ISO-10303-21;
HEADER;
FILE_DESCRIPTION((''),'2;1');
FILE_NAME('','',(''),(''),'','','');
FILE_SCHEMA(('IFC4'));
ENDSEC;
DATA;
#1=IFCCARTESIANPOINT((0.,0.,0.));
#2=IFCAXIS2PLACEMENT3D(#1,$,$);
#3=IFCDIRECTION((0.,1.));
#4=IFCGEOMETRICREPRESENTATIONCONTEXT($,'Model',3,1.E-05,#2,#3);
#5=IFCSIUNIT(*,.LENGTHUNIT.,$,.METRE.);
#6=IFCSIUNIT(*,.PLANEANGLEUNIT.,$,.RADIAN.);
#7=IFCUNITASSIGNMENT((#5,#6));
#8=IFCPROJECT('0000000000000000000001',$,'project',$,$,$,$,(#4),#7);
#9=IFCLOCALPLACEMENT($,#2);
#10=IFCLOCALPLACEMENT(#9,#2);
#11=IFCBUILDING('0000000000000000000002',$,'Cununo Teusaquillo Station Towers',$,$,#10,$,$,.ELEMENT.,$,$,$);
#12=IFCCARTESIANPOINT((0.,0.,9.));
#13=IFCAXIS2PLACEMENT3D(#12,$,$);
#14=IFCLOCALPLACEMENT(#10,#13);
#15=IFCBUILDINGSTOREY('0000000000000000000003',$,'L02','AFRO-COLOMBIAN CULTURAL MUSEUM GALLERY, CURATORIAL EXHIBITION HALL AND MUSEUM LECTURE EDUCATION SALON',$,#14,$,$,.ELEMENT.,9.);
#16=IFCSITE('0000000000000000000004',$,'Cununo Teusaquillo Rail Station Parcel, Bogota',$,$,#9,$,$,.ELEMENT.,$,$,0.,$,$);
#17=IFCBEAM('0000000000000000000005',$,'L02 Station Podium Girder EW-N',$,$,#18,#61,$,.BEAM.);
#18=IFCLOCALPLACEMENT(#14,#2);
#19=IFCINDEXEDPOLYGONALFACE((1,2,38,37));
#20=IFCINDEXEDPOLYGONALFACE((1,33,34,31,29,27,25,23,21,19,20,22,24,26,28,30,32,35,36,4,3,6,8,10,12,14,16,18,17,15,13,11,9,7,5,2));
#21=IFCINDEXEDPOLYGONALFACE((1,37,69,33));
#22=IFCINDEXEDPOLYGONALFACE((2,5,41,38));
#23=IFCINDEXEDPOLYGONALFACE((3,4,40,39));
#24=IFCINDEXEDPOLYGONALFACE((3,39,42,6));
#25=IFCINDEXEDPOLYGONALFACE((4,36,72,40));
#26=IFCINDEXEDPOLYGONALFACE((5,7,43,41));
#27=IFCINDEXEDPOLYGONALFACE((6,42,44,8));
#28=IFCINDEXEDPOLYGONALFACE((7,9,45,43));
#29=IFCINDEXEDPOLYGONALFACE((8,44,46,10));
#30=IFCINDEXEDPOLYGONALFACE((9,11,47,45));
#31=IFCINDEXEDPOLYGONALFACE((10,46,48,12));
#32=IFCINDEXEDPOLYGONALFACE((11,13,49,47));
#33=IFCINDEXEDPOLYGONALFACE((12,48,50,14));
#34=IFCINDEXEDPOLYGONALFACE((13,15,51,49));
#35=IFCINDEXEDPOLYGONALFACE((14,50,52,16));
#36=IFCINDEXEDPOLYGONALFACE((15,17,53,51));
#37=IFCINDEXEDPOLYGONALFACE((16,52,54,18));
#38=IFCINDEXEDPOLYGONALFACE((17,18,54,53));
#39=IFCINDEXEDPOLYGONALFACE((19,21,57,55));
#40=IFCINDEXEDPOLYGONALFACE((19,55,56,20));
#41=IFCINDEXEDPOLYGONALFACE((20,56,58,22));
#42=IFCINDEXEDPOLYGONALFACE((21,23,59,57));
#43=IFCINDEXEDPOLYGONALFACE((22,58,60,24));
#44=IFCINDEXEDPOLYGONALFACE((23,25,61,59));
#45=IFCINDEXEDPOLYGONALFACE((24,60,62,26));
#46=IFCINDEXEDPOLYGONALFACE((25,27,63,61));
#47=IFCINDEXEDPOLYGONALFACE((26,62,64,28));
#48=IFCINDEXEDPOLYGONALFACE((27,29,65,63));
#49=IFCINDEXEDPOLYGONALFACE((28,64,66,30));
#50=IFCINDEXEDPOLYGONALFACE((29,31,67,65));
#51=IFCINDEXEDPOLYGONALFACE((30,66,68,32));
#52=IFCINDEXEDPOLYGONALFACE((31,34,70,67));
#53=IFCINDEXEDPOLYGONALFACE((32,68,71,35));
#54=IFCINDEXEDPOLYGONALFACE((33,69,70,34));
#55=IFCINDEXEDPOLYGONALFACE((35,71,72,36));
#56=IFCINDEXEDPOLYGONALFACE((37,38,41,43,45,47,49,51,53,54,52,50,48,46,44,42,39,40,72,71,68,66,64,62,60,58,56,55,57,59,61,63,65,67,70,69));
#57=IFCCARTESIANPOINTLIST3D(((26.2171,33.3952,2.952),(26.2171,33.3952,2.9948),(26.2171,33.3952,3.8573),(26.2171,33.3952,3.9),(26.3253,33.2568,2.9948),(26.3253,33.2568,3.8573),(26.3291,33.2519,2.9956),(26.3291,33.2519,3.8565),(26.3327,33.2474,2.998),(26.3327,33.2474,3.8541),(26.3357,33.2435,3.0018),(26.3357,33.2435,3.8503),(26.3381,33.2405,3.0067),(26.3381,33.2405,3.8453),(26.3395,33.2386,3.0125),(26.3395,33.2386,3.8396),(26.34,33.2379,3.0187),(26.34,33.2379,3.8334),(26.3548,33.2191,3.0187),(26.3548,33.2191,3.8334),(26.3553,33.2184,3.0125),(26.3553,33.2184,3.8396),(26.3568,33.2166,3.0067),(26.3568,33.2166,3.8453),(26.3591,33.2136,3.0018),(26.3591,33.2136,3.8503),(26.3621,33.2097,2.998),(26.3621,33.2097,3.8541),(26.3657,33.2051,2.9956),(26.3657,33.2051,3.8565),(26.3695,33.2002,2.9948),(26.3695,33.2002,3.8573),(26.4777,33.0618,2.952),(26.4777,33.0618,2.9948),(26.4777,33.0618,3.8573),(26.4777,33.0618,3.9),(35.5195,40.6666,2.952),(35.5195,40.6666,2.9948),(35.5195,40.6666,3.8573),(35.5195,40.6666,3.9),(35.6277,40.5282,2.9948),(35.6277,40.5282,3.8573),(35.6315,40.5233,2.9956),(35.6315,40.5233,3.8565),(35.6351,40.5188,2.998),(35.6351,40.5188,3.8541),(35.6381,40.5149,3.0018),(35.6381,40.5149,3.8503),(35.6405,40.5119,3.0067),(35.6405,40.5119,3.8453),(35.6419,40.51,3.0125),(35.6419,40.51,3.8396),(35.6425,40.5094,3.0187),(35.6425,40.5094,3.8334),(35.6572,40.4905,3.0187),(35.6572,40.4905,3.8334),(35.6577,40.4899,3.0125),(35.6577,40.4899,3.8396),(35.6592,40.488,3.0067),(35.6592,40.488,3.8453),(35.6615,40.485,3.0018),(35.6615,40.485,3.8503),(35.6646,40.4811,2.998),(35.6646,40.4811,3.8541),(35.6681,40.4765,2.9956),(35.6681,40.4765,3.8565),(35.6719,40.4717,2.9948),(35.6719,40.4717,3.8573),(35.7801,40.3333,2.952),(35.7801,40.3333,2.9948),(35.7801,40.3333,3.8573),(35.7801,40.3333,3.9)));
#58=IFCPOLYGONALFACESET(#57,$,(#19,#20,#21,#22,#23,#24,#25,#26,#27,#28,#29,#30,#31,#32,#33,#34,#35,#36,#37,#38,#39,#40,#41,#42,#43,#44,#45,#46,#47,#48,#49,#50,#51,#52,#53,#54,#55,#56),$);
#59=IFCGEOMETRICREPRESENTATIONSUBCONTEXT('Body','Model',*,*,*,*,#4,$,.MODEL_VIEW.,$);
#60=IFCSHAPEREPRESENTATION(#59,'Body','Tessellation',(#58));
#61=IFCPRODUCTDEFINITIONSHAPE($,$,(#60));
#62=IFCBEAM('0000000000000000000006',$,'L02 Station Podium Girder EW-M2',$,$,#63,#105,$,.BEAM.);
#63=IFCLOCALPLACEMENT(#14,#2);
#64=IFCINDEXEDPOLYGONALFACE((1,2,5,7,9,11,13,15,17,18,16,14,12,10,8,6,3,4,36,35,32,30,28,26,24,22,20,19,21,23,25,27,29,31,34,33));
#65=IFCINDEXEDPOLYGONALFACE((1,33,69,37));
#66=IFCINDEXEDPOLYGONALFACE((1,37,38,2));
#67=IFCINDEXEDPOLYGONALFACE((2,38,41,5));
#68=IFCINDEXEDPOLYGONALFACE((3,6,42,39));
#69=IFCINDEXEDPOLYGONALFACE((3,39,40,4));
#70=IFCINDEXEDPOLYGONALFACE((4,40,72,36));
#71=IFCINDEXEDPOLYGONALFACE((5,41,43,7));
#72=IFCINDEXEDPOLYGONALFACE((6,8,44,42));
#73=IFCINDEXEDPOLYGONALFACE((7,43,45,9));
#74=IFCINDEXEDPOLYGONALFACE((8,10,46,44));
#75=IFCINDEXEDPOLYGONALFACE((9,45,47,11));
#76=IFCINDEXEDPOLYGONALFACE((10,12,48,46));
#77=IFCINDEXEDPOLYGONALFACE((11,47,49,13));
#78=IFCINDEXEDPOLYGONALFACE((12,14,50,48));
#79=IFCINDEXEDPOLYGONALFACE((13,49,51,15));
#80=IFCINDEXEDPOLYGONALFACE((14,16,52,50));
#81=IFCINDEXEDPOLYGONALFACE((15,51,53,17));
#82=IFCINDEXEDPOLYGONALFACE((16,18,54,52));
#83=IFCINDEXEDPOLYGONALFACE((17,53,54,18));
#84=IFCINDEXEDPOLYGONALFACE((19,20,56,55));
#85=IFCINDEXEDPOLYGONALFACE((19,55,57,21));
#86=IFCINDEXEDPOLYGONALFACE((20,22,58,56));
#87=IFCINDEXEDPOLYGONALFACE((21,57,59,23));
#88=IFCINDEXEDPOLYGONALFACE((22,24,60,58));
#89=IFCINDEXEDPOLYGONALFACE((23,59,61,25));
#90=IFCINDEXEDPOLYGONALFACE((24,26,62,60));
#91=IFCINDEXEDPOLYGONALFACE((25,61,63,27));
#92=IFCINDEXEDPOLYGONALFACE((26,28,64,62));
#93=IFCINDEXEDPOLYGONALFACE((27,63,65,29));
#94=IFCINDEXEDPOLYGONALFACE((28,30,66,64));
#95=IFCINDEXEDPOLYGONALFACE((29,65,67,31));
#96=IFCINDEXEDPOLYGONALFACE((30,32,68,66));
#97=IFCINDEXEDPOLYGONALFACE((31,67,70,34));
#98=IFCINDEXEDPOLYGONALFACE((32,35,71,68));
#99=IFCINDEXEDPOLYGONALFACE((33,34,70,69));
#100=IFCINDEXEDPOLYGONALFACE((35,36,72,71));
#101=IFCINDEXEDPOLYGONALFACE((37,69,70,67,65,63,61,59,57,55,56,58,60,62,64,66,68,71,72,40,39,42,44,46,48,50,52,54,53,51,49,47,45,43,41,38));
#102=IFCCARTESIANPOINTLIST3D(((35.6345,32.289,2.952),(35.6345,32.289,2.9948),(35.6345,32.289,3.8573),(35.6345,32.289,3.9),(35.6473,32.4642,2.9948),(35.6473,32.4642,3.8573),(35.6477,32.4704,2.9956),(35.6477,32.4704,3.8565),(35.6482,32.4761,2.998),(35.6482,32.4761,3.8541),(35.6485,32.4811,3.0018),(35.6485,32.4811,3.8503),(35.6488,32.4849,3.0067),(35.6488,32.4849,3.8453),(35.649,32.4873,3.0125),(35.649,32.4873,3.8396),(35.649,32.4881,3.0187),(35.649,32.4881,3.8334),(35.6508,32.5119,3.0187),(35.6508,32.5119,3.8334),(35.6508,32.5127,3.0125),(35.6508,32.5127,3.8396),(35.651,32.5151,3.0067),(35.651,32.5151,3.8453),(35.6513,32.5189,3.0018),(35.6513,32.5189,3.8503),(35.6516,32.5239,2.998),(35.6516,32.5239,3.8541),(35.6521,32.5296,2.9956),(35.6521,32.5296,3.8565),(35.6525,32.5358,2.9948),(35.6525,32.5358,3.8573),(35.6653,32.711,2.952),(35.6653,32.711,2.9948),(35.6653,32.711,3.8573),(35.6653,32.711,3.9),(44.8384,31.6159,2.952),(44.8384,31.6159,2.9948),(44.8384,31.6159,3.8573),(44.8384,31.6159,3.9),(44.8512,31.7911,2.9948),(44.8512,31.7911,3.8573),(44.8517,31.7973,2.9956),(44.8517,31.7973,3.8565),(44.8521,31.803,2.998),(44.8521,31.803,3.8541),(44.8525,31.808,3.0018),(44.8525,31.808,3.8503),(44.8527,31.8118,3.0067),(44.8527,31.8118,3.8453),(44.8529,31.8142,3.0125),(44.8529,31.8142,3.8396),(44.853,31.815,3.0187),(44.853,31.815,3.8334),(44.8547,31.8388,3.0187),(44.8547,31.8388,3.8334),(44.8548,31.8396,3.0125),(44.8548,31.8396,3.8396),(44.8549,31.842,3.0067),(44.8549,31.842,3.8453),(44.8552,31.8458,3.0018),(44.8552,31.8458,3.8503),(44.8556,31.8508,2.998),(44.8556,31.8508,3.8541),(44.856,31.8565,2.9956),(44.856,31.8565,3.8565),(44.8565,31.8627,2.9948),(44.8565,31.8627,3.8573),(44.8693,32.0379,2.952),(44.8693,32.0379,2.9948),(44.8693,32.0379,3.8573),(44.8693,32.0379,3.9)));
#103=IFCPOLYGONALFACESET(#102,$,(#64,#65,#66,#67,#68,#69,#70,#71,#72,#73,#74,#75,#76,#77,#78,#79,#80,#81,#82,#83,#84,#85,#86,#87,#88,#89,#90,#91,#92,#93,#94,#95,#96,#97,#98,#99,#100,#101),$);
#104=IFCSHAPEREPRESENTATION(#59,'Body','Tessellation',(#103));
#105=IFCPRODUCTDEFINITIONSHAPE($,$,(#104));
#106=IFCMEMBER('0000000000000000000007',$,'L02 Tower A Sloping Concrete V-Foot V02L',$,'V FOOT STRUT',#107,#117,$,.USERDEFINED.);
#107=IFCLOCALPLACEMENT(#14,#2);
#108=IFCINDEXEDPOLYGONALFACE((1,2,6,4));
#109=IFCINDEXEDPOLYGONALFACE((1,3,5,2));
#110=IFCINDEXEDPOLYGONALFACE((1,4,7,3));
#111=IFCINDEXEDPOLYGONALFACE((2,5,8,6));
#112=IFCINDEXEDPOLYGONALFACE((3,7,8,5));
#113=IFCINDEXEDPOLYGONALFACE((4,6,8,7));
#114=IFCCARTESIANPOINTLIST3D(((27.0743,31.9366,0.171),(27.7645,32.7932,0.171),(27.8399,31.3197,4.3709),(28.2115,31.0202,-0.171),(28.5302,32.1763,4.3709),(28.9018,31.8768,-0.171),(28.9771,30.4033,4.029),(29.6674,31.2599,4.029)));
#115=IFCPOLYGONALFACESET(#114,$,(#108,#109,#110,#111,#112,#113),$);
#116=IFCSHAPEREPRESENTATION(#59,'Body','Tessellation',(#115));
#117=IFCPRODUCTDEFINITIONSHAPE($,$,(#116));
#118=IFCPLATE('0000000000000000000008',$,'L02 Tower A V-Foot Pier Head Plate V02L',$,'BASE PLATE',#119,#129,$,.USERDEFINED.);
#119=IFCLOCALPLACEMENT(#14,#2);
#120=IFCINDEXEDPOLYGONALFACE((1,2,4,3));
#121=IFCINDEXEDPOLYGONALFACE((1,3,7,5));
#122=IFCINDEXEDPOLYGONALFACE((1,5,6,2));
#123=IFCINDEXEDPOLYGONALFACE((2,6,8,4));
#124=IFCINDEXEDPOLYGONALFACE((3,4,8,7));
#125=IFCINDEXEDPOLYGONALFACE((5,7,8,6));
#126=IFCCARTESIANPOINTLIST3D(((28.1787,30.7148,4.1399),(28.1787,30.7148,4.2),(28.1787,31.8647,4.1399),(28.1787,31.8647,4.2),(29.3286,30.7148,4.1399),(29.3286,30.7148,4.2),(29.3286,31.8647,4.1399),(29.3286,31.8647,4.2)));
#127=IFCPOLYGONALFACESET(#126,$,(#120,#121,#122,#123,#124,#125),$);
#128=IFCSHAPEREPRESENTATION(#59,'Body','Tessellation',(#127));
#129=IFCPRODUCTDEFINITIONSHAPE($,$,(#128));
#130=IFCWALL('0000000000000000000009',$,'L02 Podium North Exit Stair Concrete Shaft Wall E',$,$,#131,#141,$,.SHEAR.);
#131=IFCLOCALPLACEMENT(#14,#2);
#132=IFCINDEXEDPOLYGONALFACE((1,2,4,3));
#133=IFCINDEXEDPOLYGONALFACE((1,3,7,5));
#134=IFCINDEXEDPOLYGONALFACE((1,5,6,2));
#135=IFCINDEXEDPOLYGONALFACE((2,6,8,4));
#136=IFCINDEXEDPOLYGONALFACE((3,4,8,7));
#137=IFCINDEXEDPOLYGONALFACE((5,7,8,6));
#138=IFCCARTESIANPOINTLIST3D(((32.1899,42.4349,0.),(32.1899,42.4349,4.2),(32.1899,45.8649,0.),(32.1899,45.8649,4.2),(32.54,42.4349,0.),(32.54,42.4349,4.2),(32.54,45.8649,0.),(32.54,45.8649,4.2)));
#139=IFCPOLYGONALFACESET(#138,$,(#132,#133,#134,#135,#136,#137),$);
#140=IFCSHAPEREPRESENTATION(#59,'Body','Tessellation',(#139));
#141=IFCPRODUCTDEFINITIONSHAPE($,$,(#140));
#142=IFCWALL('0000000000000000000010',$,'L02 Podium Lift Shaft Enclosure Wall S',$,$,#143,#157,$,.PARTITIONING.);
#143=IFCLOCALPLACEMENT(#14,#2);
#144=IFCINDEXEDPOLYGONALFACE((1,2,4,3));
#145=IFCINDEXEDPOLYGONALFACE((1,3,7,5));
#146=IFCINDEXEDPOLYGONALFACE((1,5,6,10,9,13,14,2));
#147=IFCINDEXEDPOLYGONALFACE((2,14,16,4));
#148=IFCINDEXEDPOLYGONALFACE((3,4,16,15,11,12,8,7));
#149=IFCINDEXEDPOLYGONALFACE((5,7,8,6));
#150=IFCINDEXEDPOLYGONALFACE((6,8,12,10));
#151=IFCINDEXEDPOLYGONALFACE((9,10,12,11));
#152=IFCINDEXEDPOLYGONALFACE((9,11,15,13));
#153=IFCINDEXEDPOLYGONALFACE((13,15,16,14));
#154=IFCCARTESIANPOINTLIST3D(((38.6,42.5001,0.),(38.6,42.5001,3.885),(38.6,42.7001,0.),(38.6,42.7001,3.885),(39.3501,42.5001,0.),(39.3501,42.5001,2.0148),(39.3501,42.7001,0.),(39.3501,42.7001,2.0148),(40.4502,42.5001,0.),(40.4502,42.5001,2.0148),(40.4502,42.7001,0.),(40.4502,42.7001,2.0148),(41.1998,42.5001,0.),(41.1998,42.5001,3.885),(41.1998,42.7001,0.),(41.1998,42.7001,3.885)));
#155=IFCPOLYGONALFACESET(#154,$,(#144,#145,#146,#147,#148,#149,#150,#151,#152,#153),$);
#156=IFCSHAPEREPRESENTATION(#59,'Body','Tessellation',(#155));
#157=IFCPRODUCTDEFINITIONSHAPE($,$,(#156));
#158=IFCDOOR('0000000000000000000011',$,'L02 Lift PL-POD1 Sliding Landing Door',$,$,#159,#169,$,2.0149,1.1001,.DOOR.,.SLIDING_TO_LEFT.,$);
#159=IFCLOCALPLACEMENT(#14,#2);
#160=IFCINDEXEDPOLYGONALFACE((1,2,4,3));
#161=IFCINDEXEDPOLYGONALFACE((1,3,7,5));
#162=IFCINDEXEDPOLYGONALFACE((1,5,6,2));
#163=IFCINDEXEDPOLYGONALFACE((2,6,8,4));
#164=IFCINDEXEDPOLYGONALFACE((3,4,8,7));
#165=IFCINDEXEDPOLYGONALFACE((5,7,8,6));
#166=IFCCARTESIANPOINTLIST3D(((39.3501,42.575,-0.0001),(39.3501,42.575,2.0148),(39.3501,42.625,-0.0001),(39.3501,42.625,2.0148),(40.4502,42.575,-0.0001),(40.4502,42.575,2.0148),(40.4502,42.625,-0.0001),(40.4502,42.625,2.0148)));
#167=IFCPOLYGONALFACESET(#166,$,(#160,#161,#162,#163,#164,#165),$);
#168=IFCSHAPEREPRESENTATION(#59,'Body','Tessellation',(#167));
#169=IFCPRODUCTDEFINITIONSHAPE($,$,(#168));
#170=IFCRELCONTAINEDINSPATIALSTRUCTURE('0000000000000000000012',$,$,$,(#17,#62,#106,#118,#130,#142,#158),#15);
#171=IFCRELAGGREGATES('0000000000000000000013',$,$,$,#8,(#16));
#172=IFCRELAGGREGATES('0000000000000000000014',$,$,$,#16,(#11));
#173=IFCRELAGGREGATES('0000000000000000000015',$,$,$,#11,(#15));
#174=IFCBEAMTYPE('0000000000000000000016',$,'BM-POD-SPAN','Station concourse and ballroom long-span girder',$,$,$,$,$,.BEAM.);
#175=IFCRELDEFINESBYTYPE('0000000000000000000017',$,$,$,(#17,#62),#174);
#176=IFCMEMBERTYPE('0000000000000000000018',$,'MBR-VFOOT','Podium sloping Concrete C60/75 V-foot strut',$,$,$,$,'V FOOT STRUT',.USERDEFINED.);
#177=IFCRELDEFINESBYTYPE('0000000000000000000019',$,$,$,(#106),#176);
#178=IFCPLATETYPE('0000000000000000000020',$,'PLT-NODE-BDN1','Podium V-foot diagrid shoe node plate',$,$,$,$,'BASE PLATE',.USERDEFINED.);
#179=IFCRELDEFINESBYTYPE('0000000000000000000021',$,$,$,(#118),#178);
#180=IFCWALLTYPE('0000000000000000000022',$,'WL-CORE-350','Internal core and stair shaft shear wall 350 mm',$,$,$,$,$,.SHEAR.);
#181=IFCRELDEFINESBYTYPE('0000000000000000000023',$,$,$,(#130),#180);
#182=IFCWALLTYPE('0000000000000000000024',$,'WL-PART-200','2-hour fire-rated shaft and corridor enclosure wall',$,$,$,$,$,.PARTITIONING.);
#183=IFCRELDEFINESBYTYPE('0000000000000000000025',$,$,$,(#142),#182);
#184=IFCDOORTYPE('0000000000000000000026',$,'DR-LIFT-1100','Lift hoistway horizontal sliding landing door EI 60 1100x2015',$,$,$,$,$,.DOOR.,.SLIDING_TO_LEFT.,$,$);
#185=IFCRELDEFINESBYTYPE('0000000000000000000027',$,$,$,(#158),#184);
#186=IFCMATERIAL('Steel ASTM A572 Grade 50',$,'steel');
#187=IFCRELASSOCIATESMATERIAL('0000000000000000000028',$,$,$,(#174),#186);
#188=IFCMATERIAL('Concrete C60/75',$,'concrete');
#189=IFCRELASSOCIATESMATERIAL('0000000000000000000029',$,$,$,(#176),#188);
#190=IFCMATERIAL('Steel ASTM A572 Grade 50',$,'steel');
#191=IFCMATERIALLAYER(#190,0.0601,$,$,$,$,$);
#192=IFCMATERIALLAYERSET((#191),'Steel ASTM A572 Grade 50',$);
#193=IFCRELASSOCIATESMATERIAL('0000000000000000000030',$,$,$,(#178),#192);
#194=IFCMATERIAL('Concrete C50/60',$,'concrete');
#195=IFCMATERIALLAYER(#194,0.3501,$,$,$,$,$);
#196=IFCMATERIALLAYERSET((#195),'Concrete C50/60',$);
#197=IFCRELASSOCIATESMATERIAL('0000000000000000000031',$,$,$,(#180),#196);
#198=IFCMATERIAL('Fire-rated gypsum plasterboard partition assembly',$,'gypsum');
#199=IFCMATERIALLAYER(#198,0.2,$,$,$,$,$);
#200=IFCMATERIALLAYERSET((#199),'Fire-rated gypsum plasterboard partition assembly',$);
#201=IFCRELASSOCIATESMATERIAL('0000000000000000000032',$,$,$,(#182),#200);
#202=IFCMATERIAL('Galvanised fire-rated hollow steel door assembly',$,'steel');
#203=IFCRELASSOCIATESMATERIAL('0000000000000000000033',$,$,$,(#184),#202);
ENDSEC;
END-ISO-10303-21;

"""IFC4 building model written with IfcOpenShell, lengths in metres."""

from ifc_helpers import new_model, si_unit, direction, frame, frame_2d, origin, origin_2d, place, context, subcontext, project, spatial, rectangle, i_section, extrude, source, transform, mapped, material, layer, layer_set, material_profile, profile_set, type_object, element, fill, save


model = new_model("IFC4")

# Units and contexts
model_context = context("Model", 3, precision=1e-05, world=origin(), true_north=direction((0.0, 1.0)))
body_context = subcontext(model_context, "Body", "Model", "MODEL_VIEW")
ifc_project = project(units=[si_unit("LENGTHUNIT", "METRE"), si_unit("PLANEANGLEUNIT", "RADIAN")], contexts=[model_context])

# Site, building, storey
site_placement = place(None, origin())
site = spatial("IfcSite", under=ifc_project, at=site_placement, Name="Cununo Teusaquillo Rail Station Parcel, Bogota", CompositionType="ELEMENT", RefElevation=0.0)
building_placement = place(site_placement, origin())
building = spatial("IfcBuilding", under=site, at=building_placement, Name="Cununo Teusaquillo Station Towers", CompositionType="ELEMENT")
storey_placement = place(building_placement, frame((0.0, 0.0, 9.0)))
storey = spatial("IfcBuildingStorey", under=building, at=storey_placement, Name="L02", Description="AFRO-COLOMBIAN CULTURAL MUSEUM GALLERY, CURATORIAL EXHIBITION HALL AND MUSEUM LECTURE EDUCATION SALON", CompositionType="ELEMENT", Elevation=9.0)

# Beams
ifc_material_1 = material(Name="Steel ASTM A572 Grade 50", Category="steel")
ifc_material_profile_1 = material_profile(ifc_material_1, i_section(OverallWidth=0.4231, OverallDepth=0.948, WebThickness=0.0239, FlangeThickness=0.0427, FilletRadius=0.0239, at=origin_2d()), Name="W36X302")
ifc_profile_set_1 = profile_set([ifc_material_profile_1], Name="Steel ASTM A572 Grade 50")
beam_type_1 = type_object("IfcBeamType", Name="BM-POD-SPAN", Description="Station concourse and ballroom long-span girder", PredefinedType="BEAM", material=ifc_profile_set_1)
beam_1_placement = place(storey_placement, frame((26.3474, 33.2285, 3.426), z_axis=(0.787864, 0.61585, 0.0), x_axis=(-0.61585, 0.787864, 0.0)))
element("IfcBeam", 1, at=beam_1_placement, inside=storey, type_object=beam_type_1, Name="L02 Station Podium Girder EW-N", PredefinedType="BEAM", context=body_context, shape_type="SweptSolid", body=[
    extrude(i_section(OverallWidth=0.4231, OverallDepth=0.948, WebThickness=0.0239, FlangeThickness=0.0427, FilletRadius=0.0239, at=origin_2d()), origin(), (0.0, 0.0, 1.0), 11.8071),
])
beam_2_placement = place(storey_placement, frame((35.6499, 32.5, 3.426), z_axis=(0.997337, -0.072937, 0.0), x_axis=(0.072937, 0.997337, 0.0)))
element("IfcBeam", 2, at=beam_2_placement, inside=storey, type_object=beam_type_1, Name="L02 Station Podium Girder EW-M2", PredefinedType="BEAM", context=body_context, shape_type="SweptSolid", body=[
    extrude(i_section(OverallWidth=0.4231, OverallDepth=0.948, WebThickness=0.0239, FlangeThickness=0.0427, FilletRadius=0.0239, at=origin_2d()), origin(), (0.0, 0.0, 1.0), 9.2285),
])

# Member
ifc_material_2 = material(Name="Concrete C60/75", Category="concrete")
ifc_material_profile_2 = material_profile(ifc_material_2, rectangle(XDim=1.1001, YDim=1.5, at=origin_2d()), Name="RC-RECT-1500x1100")
ifc_profile_set_2 = profile_set([ifc_material_profile_2], Name="Concrete C60/75")
member_type = type_object("IfcMemberType", Name="MBR-VFOOT", Description="Podium sloping Concrete C60/75 V-foot strut", ElementType="V FOOT STRUT", PredefinedType="USERDEFINED", material=ifc_profile_set_2)
member_placement = place(storey_placement, frame((27.988, 31.9067, 0.0), z_axis=(0.177495, -0.143026, 0.973673), x_axis=(0.627447, 0.77866, 0.0)))
element("IfcMember", 3, at=member_placement, inside=storey, type_object=member_type, Name="L02 Tower A Sloping Concrete V-Foot V02L", ObjectType="V FOOT STRUT", PredefinedType="USERDEFINED", context=body_context, shape_type="SweptSolid", body=[
    extrude(rectangle(XDim=1.1001, YDim=1.5, at=origin_2d()), origin(), (0.0, 0.0, 1.0), 4.3135),
])

# Plate
ifc_material_3 = material(Name="Steel ASTM A572 Grade 50", Category="steel")
ifc_layer_1 = layer(ifc_material_3, 0.0601)
ifc_layer_set_1 = layer_set([ifc_layer_1], Name="Steel ASTM A572 Grade 50")
plate_type = type_object("IfcPlateType", Name="PLT-NODE-BDN1", Description="Podium V-foot diagrid shoe node plate", ElementType="BASE PLATE", PredefinedType="USERDEFINED", material=ifc_layer_set_1)
shared_shape_1 = source(origin(), body_context, "Body", "SweptSolid", [
    extrude(rectangle(XDim=1.1499, YDim=1.1499, at=origin_2d()), origin(), (0.0, 0.0, 1.0), 0.0601),
])
plate_placement = place(storey_placement, frame((28.7537, 31.2898, 4.1399), z_axis=(0.0, 0.0, 1.0), x_axis=(1.0, 0.0, 0.0)))
element("IfcPlate", 4, at=plate_placement, inside=storey, type_object=plate_type, Name="L02 Tower A V-Foot Pier Head Plate V02L", ObjectType="BASE PLATE", PredefinedType="USERDEFINED", context=body_context, shape_type="MappedRepresentation", body=[
    mapped(shared_shape_1, transform((0.0, 0.0, 0.0), x_axis=(1.0, 0.0, 0.0), y_axis=(0.0, 1.0, 0.0), z_axis=(0.0, 0.0, 1.0), scale=1.0)),
])

# Wall
ifc_material_4 = material(Name="Concrete C50/60", Category="concrete")
ifc_layer_2 = layer(ifc_material_4, 0.3501)
ifc_layer_set_2 = layer_set([ifc_layer_2], Name="Concrete C50/60")
wall_type_1 = type_object("IfcWallType", Name="WL-CORE-350", Description="Internal core and stair shaft shear wall 350 mm", PredefinedType="SHEAR", material=ifc_layer_set_2)
wall_1_placement = place(storey_placement, frame((32.365, 42.4351, 0.0), z_axis=(0.0, 0.0, 1.0), x_axis=(0.0, 1.0, 0.0)))
element("IfcWall", 5, at=wall_1_placement, inside=storey, type_object=wall_type_1, Name="L02 Podium North Exit Stair Concrete Shaft Wall E", PredefinedType="SHEAR", context=body_context, shape_type="SweptSolid", body=[
    extrude(rectangle(XDim=3.4299, YDim=0.3501, at=frame_2d((1.7148, 0.0))), origin(), (0.0, 0.0, 1.0), 4.2),
])

# Wall, opening, door
ifc_material_5 = material(Name="Fire-rated gypsum plasterboard partition assembly", Category="gypsum")
ifc_layer_3 = layer(ifc_material_5, 0.2)
ifc_layer_set_3 = layer_set([ifc_layer_3], Name="Fire-rated gypsum plasterboard partition assembly")
wall_type_2 = type_object("IfcWallType", Name="WL-PART-200", Description="2-hour fire-rated shaft and corridor enclosure wall", PredefinedType="PARTITIONING", material=ifc_layer_set_3)
wall_2_placement = place(storey_placement, frame((38.6001, 42.6001, 0.0), z_axis=(0.0, 0.0, 1.0), x_axis=(1.0, 0.0, 0.0)))
wall_2 = element("IfcWall", 6, at=wall_2_placement, inside=storey, type_object=wall_type_2, Name="L02 Podium Lift Shaft Enclosure Wall S", PredefinedType="PARTITIONING", context=body_context, shape_type="SweptSolid", body=[
    extrude(rectangle(XDim=2.5999, YDim=0.2, at=frame_2d((1.2998, 0.0))), origin(), (0.0, 0.0, 1.0), 3.885),
])
shared_shape_2 = source(origin(), body_context, "Body", "SweptSolid", [
    extrude(rectangle(XDim=1.1001, YDim=2.0149, at=frame_2d((0.55, 1.0073))), frame((0.0, 0.1099, 0.0), z_axis=(0.0, -1.0, 0.0), x_axis=(1.0, 0.0, 0.0)), (0.0, 0.0, 1.0), 0.22),
])
opening_placement = place(wall_2_placement, frame((0.75, 0.0, 0.0)))
opening = element("IfcOpeningElement", 7, at=opening_placement, cuts=wall_2, PredefinedType="OPENING", context=body_context, shape_type="MappedRepresentation", body=[
    mapped(shared_shape_2, transform((0.0, 0.0, 0.0), x_axis=(1.0, 0.0, 0.0), y_axis=(0.0, 1.0, 0.0), z_axis=(0.0, 0.0, 1.0), scale=1.0)),
])
ifc_material_6 = material(Name="Galvanised fire-rated hollow steel door assembly", Category="steel")
door_type = type_object("IfcDoorType", Name="DR-LIFT-1100", Description="Lift hoistway horizontal sliding landing door EI 60 1100x2015", OperationType="SLIDING_TO_LEFT", PredefinedType="DOOR", material=ifc_material_6)
shared_shape_3 = source(origin(), body_context, "Body", "SweptSolid", [
    extrude(rectangle(XDim=1.1001, YDim=2.0149, at=frame_2d((0.55, 1.0073))), frame((0.0, 0.0249, 0.0), z_axis=(0.0, -1.0, 0.0), x_axis=(1.0, 0.0, 0.0)), (0.0, 0.0, 1.0), 0.05),
])
door_placement = place(opening_placement, origin())
door = element("IfcDoor", 8, at=door_placement, inside=storey, type_object=door_type, Name="L02 Lift PL-POD1 Sliding Landing Door", OperationType="SLIDING_TO_LEFT", OverallHeight=2.0149, OverallWidth=1.1001, PredefinedType="DOOR", context=body_context, shape_type="MappedRepresentation", body=[
    mapped(shared_shape_3, transform((0.0, 0.0, 0.0), x_axis=(1.0, 0.0, 0.0), y_axis=(0.0, 1.0, 0.0), z_axis=(0.0, 0.0, 1.0), scale=1.0)),
])
fill(opening, door)

save(model, "model.ifc")
